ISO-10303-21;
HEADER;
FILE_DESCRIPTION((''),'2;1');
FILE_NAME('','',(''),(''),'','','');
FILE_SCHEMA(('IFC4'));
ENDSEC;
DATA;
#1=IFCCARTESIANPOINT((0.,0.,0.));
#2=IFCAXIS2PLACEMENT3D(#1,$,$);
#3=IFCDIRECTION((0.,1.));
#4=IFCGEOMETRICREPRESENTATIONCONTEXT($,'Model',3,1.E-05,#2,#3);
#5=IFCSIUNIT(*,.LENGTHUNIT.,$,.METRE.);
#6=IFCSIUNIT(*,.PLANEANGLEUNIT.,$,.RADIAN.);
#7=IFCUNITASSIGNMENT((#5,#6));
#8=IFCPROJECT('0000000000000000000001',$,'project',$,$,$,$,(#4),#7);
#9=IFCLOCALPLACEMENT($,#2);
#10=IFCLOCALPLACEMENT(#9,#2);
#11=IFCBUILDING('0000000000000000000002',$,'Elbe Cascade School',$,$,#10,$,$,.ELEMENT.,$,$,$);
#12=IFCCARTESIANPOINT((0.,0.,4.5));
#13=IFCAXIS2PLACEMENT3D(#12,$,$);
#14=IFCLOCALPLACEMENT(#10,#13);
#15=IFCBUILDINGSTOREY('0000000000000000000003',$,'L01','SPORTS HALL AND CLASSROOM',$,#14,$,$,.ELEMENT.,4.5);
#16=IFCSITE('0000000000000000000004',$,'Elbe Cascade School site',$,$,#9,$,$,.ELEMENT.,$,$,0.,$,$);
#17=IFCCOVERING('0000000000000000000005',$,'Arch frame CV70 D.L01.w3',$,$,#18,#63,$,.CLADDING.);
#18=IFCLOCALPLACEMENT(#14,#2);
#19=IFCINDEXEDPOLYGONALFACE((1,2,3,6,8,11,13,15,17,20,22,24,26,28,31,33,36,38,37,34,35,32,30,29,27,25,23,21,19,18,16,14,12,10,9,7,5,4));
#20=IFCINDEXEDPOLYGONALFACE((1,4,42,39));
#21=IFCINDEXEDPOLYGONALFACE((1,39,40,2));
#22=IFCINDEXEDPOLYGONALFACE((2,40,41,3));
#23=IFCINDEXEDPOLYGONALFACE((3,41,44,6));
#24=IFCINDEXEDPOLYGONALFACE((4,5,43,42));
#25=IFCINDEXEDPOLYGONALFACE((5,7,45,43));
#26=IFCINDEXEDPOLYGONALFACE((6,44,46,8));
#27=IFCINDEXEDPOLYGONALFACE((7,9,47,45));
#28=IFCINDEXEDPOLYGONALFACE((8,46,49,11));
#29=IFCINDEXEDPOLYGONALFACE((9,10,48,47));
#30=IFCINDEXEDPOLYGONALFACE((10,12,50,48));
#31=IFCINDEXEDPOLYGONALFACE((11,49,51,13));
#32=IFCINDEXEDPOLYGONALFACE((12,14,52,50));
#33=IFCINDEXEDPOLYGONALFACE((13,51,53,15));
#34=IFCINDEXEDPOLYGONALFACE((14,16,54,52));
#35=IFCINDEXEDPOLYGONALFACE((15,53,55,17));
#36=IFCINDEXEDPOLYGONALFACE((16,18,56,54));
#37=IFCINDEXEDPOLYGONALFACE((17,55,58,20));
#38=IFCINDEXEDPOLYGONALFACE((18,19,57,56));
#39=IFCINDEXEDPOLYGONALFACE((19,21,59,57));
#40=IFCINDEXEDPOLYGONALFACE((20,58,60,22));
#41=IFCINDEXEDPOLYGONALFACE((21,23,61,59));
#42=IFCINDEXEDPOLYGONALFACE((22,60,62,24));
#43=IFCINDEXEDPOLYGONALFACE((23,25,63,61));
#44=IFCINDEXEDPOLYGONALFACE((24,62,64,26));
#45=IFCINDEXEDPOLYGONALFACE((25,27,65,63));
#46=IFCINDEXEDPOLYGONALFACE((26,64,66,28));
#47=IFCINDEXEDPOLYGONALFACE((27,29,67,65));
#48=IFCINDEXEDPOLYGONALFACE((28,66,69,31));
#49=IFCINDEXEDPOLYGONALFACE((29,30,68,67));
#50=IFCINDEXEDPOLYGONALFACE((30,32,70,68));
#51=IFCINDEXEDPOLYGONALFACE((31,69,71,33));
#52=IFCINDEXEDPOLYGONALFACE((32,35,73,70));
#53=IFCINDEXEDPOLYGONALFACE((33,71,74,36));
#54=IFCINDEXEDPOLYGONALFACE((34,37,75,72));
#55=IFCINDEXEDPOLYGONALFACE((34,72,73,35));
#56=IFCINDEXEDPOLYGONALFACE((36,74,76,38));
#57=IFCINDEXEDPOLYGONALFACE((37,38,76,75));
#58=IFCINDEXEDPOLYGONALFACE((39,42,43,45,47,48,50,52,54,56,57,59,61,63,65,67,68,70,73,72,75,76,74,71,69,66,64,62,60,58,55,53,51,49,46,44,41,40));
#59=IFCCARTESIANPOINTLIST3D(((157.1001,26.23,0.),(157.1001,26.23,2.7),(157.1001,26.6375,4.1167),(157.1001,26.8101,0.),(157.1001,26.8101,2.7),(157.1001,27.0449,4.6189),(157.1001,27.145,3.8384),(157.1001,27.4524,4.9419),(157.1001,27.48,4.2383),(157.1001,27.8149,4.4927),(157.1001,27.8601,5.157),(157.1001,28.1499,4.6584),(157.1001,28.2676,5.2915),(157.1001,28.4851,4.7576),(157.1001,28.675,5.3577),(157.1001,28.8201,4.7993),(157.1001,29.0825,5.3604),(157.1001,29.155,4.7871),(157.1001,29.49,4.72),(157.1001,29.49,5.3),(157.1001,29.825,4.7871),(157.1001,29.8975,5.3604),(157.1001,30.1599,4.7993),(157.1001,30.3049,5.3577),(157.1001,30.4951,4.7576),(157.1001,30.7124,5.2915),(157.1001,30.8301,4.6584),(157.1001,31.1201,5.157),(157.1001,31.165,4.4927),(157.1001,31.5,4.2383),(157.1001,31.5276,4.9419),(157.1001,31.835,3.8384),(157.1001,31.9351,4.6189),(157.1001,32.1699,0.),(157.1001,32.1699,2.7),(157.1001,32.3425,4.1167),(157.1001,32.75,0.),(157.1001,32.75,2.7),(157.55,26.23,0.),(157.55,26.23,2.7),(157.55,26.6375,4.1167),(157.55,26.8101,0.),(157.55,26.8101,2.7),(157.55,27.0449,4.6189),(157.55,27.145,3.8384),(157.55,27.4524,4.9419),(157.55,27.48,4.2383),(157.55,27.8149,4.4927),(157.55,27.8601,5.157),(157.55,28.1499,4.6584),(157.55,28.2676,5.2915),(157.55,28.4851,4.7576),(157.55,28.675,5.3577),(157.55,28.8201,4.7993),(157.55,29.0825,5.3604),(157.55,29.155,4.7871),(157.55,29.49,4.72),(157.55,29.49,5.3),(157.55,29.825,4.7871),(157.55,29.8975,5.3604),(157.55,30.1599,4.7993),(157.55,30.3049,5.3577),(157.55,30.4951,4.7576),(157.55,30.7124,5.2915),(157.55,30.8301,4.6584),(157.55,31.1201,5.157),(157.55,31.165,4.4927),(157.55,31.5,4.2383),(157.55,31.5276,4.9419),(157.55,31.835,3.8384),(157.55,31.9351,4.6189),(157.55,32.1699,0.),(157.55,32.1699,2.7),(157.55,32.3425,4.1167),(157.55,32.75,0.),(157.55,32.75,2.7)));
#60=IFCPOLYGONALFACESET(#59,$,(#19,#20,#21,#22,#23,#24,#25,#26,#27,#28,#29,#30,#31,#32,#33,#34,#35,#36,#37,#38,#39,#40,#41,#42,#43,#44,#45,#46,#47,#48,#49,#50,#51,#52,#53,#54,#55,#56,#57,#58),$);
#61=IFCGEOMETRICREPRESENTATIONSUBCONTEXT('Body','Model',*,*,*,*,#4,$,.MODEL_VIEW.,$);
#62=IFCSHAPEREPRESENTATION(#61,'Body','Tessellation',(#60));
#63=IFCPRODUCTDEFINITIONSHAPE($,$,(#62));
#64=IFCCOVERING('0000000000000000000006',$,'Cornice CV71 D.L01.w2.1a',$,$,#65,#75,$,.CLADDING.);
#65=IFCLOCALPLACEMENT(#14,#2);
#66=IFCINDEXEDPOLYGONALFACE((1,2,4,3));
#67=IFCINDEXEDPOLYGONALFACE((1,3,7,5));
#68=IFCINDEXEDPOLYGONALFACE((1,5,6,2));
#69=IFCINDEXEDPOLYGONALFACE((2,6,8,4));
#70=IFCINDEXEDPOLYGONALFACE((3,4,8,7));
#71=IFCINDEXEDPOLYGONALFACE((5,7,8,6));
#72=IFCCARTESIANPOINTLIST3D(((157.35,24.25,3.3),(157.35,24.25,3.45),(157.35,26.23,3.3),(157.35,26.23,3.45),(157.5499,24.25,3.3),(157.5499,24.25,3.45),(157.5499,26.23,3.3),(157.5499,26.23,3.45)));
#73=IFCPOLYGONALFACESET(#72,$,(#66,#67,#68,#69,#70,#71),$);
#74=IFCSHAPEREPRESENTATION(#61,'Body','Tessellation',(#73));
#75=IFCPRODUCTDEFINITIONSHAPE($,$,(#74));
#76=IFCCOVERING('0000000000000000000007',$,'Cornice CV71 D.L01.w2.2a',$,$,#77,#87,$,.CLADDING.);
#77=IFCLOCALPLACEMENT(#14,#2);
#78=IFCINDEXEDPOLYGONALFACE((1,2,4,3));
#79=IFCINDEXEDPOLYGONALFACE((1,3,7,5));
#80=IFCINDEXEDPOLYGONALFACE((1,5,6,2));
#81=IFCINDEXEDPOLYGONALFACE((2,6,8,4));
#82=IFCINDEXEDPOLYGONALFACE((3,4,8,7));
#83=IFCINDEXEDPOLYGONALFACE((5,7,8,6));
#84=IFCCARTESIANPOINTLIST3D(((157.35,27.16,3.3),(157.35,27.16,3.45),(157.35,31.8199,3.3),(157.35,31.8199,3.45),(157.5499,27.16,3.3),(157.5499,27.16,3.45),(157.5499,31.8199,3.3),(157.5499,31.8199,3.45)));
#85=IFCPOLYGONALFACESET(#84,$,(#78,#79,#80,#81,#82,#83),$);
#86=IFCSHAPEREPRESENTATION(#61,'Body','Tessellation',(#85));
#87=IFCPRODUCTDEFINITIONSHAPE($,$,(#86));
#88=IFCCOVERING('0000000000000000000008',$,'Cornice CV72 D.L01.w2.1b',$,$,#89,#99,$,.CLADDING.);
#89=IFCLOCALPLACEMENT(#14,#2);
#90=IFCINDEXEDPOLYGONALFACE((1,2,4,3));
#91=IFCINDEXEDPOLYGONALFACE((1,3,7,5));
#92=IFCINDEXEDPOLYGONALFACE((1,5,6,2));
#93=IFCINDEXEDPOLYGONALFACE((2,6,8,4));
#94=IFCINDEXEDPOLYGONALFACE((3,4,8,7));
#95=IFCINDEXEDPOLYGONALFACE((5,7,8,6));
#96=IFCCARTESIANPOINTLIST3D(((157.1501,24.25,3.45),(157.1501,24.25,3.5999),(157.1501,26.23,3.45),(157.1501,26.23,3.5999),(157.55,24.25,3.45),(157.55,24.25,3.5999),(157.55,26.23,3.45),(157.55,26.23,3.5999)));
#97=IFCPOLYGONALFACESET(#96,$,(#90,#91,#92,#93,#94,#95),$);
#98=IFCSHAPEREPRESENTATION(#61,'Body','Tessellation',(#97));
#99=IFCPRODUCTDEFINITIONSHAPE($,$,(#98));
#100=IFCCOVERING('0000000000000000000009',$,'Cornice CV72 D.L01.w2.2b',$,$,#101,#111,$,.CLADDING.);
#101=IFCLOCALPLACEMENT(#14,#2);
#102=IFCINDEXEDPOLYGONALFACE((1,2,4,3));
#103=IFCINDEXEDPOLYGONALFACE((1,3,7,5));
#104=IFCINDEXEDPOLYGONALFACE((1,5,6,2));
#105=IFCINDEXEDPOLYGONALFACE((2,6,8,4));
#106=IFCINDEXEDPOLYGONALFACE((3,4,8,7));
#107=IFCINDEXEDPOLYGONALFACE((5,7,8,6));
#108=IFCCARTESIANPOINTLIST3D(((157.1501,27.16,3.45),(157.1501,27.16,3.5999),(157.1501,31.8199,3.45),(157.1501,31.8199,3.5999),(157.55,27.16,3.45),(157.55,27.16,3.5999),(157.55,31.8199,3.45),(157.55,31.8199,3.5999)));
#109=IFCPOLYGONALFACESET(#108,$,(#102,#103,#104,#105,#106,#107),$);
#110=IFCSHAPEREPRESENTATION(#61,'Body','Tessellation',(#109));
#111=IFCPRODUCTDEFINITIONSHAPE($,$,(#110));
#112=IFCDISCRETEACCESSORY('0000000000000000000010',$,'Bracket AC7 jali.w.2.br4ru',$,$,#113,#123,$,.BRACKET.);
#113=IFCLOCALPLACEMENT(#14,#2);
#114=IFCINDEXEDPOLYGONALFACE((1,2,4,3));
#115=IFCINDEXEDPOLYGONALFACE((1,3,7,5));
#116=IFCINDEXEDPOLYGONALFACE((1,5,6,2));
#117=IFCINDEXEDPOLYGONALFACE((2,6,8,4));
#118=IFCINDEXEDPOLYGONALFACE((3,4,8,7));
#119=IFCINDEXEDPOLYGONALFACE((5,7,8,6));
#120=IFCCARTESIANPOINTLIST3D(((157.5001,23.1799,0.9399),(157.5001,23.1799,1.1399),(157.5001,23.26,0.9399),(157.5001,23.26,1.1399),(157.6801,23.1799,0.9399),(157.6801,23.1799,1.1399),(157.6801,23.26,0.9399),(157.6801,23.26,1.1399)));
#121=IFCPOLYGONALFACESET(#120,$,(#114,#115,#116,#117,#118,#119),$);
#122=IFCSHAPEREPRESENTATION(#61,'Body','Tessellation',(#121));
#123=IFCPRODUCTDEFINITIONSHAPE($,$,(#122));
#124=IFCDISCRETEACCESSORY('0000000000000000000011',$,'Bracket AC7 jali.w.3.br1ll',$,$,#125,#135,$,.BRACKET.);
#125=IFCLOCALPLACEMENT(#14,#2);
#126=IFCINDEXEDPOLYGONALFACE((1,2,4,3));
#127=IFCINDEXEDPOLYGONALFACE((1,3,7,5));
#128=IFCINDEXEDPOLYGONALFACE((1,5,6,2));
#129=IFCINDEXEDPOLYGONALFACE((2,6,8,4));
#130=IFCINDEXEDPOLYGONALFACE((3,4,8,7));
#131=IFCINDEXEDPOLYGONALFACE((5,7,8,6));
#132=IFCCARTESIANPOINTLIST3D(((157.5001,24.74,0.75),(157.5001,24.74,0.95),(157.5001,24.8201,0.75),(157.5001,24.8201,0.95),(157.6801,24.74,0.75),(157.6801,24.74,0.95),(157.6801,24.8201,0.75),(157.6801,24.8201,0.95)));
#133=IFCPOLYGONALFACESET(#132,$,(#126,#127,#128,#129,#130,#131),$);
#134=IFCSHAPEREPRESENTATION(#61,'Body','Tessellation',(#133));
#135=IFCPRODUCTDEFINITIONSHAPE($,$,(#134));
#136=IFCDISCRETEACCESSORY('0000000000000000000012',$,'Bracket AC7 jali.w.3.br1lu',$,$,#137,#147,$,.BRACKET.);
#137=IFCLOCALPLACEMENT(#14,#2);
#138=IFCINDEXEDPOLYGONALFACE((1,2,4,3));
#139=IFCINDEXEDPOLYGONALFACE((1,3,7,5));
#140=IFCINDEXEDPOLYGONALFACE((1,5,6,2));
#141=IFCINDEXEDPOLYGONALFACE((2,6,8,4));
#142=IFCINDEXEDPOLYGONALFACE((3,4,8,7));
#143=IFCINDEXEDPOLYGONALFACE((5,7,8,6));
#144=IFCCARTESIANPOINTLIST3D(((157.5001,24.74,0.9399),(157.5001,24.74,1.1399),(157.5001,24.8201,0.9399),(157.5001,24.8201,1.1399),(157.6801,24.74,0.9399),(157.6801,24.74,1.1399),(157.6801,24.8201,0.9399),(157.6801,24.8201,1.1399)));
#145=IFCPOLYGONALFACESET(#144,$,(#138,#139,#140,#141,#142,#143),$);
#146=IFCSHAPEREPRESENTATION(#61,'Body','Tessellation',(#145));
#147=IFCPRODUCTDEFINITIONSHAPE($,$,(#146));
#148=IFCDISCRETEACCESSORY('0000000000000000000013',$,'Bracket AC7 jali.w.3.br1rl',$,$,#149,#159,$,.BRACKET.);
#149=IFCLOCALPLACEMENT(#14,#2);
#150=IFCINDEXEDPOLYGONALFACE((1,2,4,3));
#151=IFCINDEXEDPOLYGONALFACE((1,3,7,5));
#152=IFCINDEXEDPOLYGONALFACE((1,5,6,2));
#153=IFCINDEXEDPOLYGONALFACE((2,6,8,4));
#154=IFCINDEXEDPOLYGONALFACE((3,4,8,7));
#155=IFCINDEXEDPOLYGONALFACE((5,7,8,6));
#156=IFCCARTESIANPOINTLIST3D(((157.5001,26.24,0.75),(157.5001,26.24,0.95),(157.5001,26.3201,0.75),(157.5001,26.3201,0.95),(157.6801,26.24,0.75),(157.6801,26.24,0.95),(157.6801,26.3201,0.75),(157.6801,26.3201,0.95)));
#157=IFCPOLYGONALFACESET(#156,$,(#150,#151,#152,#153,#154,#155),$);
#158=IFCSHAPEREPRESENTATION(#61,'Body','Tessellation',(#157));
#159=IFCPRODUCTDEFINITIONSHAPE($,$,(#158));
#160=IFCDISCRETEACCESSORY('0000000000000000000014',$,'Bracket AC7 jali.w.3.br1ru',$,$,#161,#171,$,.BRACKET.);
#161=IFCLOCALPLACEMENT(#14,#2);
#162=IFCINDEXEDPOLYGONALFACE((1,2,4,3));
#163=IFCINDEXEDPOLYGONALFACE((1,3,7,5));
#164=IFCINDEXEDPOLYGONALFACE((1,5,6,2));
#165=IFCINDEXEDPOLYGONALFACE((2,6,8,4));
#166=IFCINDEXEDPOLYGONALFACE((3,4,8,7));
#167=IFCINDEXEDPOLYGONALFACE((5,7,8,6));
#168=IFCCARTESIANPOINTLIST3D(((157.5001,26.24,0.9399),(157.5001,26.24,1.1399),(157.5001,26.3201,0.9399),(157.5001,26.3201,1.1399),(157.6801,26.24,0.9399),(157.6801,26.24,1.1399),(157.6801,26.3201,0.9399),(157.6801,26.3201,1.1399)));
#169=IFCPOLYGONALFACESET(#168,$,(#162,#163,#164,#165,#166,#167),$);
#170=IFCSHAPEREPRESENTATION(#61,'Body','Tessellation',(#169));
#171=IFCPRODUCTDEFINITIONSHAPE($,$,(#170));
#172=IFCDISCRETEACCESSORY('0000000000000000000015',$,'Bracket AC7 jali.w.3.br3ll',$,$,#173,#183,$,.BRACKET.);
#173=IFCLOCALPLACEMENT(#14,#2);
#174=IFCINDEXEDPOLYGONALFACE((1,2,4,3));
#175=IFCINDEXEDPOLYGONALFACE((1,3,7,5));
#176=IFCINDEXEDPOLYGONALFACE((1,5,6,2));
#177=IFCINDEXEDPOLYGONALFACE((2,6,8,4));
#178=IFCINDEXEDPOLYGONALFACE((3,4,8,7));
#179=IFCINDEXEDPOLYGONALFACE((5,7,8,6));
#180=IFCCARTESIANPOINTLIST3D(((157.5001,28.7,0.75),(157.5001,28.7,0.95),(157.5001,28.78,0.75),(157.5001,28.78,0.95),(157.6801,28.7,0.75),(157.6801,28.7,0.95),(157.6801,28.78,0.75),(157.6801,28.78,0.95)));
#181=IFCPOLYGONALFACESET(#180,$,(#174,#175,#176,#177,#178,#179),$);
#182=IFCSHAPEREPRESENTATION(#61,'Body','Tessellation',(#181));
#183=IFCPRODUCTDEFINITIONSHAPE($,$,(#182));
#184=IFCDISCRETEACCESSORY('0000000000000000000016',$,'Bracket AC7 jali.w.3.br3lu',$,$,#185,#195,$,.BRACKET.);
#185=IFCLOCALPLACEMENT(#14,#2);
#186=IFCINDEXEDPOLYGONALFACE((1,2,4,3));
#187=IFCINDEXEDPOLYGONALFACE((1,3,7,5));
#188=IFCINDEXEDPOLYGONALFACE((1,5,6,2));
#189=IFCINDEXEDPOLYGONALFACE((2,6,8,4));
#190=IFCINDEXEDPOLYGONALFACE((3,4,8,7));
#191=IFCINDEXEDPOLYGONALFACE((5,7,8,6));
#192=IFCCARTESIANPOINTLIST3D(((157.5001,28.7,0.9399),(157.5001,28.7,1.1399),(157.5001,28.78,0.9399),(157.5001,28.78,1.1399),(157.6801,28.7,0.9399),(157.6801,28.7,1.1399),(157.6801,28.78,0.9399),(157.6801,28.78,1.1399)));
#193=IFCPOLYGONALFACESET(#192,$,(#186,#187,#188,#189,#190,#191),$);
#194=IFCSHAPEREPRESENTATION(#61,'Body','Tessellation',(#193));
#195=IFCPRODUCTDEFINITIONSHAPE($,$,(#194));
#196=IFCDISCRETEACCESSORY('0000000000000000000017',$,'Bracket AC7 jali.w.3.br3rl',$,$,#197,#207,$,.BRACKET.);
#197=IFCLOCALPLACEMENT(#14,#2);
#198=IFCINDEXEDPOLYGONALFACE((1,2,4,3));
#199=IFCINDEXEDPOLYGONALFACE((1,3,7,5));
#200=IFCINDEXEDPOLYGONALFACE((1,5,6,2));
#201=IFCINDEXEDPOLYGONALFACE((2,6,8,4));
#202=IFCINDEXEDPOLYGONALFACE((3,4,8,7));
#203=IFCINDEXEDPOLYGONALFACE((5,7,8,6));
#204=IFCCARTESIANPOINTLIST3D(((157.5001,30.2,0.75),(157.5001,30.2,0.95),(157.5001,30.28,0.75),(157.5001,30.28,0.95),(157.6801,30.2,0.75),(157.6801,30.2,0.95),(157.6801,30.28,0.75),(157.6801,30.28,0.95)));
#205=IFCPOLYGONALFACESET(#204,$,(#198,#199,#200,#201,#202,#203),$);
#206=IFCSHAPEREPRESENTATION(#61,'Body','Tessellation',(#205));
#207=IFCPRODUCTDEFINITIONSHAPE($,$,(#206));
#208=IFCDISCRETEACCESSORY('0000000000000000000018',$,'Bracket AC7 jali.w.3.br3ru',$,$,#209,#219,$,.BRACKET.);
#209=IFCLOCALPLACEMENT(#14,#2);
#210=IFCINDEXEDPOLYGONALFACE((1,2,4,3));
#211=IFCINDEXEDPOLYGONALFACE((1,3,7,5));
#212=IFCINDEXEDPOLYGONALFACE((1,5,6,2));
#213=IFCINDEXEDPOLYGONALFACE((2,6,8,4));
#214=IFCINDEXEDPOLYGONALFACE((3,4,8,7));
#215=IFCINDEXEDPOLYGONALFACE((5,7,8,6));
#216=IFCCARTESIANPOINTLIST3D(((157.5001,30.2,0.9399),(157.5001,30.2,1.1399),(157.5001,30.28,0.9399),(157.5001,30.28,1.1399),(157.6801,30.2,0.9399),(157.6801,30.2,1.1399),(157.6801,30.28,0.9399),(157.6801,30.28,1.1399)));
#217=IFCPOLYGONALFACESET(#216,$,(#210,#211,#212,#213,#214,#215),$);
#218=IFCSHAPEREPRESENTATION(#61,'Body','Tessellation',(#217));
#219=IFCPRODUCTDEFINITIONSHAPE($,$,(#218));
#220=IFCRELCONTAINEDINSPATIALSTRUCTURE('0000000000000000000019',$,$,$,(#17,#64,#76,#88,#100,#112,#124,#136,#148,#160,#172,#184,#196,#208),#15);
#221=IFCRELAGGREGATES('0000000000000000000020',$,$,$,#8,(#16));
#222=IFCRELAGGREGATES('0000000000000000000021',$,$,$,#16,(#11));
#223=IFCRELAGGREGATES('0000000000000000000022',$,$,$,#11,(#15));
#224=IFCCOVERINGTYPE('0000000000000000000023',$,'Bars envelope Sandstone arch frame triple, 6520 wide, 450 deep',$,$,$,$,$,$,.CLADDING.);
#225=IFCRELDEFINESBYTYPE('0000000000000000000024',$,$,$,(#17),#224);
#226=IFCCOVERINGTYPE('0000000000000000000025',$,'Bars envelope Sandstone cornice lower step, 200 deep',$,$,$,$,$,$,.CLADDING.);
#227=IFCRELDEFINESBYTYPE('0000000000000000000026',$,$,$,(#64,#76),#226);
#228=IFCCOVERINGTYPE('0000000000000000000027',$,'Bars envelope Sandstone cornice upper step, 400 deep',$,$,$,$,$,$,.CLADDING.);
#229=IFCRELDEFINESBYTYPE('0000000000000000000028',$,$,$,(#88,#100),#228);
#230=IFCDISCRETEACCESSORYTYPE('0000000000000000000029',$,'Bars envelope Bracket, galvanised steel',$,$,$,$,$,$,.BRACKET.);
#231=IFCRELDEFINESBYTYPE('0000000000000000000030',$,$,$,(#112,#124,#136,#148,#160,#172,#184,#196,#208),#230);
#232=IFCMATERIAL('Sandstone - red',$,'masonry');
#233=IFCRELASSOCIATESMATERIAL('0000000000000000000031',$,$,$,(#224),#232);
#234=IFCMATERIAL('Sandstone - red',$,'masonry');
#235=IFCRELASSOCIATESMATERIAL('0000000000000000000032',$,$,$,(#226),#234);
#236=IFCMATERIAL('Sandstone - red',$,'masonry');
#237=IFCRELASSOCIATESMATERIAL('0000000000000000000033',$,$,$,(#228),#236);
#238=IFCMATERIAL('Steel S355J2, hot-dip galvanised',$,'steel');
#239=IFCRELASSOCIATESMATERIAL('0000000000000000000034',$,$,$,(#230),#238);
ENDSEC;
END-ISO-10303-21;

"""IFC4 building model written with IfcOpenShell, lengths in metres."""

from ifc_helpers import new_model, si_unit, direction, frame, origin, origin_2d, place, context, subcontext, project, spatial, polyline, rectangle, outline, extrude, material, type_object, element, save


model = new_model("IFC4")

# Units and contexts
model_context = context("Model", 3, precision=1e-05, world=origin(), true_north=direction((0.0, 1.0)))
body_context = subcontext(model_context, "Body", "Model", "MODEL_VIEW")
ifc_project = project(units=[si_unit("LENGTHUNIT", "METRE"), si_unit("PLANEANGLEUNIT", "RADIAN")], contexts=[model_context])

# Site, building, storey
site_placement = place(None, origin())
site = spatial("IfcSite", under=ifc_project, at=site_placement, Name="Elbe Cascade School site", CompositionType="ELEMENT", RefElevation=0.0)
building_placement = place(site_placement, origin())
building = spatial("IfcBuilding", under=site, at=building_placement, Name="Elbe Cascade School", CompositionType="ELEMENT")
storey_placement = place(building_placement, frame((0.0, 0.0, 4.5)))
storey = spatial("IfcBuildingStorey", under=building, at=storey_placement, Name="L01", Description="SPORTS HALL AND CLASSROOM", CompositionType="ELEMENT", Elevation=4.5)

# Coverings
ifc_material_1 = material(Name="Sandstone - red", Category="masonry")
covering_type_1 = type_object("IfcCoveringType", Name="Bars envelope Sandstone arch frame triple, 6520 wide, 450 deep", PredefinedType="CLADDING", material=ifc_material_1)
covering_1_placement = place(storey_placement, frame((157.1001, 26.23, 0.0), z_axis=(-1.0, 0.0, 0.0), x_axis=(0.0, 0.0, 1.0)))
element("IfcCovering", 1, at=covering_1_placement, inside=storey, type_object=covering_type_1, Name="Arch frame CV70 D.L01.w3", PredefinedType="CLADDING", context=body_context, shape_type="SweptSolid", body=[
    extrude(outline(polyline([(0.0, 0.0), (2.7, 0.0), (4.1167, 0.4075), (4.6189, 0.8149), (4.9419, 1.2224), (5.157, 1.6301), (5.2915, 2.0376), (5.3577, 2.4451), (5.3604, 2.8525), (5.3, 3.26), (5.3604, 3.6675), (5.3577, 4.075), (5.2915, 4.4824), (5.157, 4.8901), (4.9419, 5.2976), (4.6189, 5.7051), (4.1167, 6.1125), (2.7, 6.52), (0.0, 6.52), (0.0, 5.9399), (2.7, 5.9399), (3.8384, 5.605), (4.2383, 5.27), (4.4927, 4.9351), (4.6584, 4.6001), (4.7576, 4.2651), (4.7993, 3.9299), (4.7871, 3.595), (4.72, 3.26), (4.7871, 2.925), (4.7993, 2.5901), (4.7576, 2.2551), (4.6584, 1.9199), (4.4927, 1.585), (4.2383, 1.25), (3.8384, 0.915), (2.7, 0.5801), (0.0, 0.5801), (0.0, 0.0)])), origin(), (0.0, 0.0, -1.0), 0.45),
])
ifc_material_2 = material(Name="Sandstone - red", Category="masonry")
covering_type_2 = type_object("IfcCoveringType", Name="Bars envelope Sandstone cornice lower step, 200 deep", PredefinedType="CLADDING", material=ifc_material_2)
covering_2_placement = place(storey_placement, frame((157.45, 25.24, 3.3), z_axis=(0.0, 0.0, 1.0), x_axis=(0.0, 1.0, 0.0)))
element("IfcCovering", 2, at=covering_2_placement, inside=storey, type_object=covering_type_2, Name="Cornice CV71 D.L01.w2.1a", PredefinedType="CLADDING", context=body_context, shape_type="SweptSolid", body=[
    extrude(rectangle(XDim=1.98, YDim=0.2, at=origin_2d()), origin(), (0.0, 0.0, 1.0), 0.1499),
])
covering_3_placement = place(storey_placement, frame((157.45, 29.49, 3.3), z_axis=(0.0, 0.0, 1.0), x_axis=(0.0, 1.0, 0.0)))
element("IfcCovering", 3, at=covering_3_placement, inside=storey, type_object=covering_type_2, Name="Cornice CV71 D.L01.w2.2a", PredefinedType="CLADDING", context=body_context, shape_type="SweptSolid", body=[
    extrude(rectangle(XDim=4.6599, YDim=0.2, at=origin_2d()), origin(), (0.0, 0.0, 1.0), 0.1499),
])
ifc_material_3 = material(Name="Sandstone - red", Category="masonry")
covering_type_3 = type_object("IfcCoveringType", Name="Bars envelope Sandstone cornice upper step, 400 deep", PredefinedType="CLADDING", material=ifc_material_3)
covering_4_placement = place(storey_placement, frame((157.3501, 25.24, 3.45), z_axis=(0.0, 0.0, 1.0), x_axis=(0.0, 1.0, 0.0)))
element("IfcCovering", 4, at=covering_4_placement, inside=storey, type_object=covering_type_3, Name="Cornice CV72 D.L01.w2.1b", PredefinedType="CLADDING", context=body_context, shape_type="SweptSolid", body=[
    extrude(rectangle(XDim=1.98, YDim=0.3999, at=origin_2d()), origin(), (0.0, 0.0, 1.0), 0.1499),
])
covering_5_placement = place(storey_placement, frame((157.3501, 29.49, 3.45), z_axis=(0.0, 0.0, 1.0), x_axis=(0.0, 1.0, 0.0)))
element("IfcCovering", 5, at=covering_5_placement, inside=storey, type_object=covering_type_3, Name="Cornice CV72 D.L01.w2.2b", PredefinedType="CLADDING", context=body_context, shape_type="SweptSolid", body=[
    extrude(rectangle(XDim=4.6599, YDim=0.3999, at=origin_2d()), origin(), (0.0, 0.0, 1.0), 0.1499),
])

# Discrete accessories
ifc_material_4 = material(Name="Steel S355J2, hot-dip galvanised", Category="steel")
discrete_accessory_type = type_object("IfcDiscreteAccessoryType", Name="Bars envelope Bracket, galvanised steel", PredefinedType="BRACKET", material=ifc_material_4)
for number, where, z_axis, x_axis, name in (
    (6, (157.5901, 23.22, 0.9399), (0.0, 0.0, 1.0), (0.0, 1.0, 0.0), "Bracket AC7 jali.w.2.br4ru"),
    (7, (157.5901, 24.78, 0.75), (0.0, 0.0, 1.0), (0.0, 1.0, 0.0), "Bracket AC7 jali.w.3.br1ll"),
    (8, (157.5901, 24.78, 0.9399), (0.0, 0.0, 1.0), (0.0, 1.0, 0.0), "Bracket AC7 jali.w.3.br1lu"),
    (9, (157.5901, 26.28, 0.75), (0.0, 0.0, 1.0), (0.0, 1.0, 0.0), "Bracket AC7 jali.w.3.br1rl"),
    (10, (157.5901, 26.28, 0.9399), (0.0, 0.0, 1.0), (0.0, 1.0, 0.0), "Bracket AC7 jali.w.3.br1ru"),
    (11, (157.5901, 28.74, 0.75), (0.0, 0.0, 1.0), (0.0, 1.0, 0.0), "Bracket AC7 jali.w.3.br3ll"),
    (12, (157.5901, 28.74, 0.9399), (0.0, 0.0, 1.0), (0.0, 1.0, 0.0), "Bracket AC7 jali.w.3.br3lu"),
    (13, (157.5901, 30.24, 0.75), (0.0, 0.0, 1.0), (0.0, 1.0, 0.0), "Bracket AC7 jali.w.3.br3rl"),
    (14, (157.5901, 30.24, 0.9399), (0.0, 0.0, 1.0), (0.0, 1.0, 0.0), "Bracket AC7 jali.w.3.br3ru"),
):
    element("IfcDiscreteAccessory", number, at=place(storey_placement, frame(where, z_axis=z_axis, x_axis=x_axis)), inside=storey, type_object=discrete_accessory_type, Name=name, PredefinedType="BRACKET", context=body_context, shape_type="SweptSolid", body=[
        extrude(rectangle(XDim=0.0801, YDim=0.1799, at=origin_2d()), origin(), (0.0, 0.0, 1.0), 0.2),
    ])

save(model, "model.ifc")
